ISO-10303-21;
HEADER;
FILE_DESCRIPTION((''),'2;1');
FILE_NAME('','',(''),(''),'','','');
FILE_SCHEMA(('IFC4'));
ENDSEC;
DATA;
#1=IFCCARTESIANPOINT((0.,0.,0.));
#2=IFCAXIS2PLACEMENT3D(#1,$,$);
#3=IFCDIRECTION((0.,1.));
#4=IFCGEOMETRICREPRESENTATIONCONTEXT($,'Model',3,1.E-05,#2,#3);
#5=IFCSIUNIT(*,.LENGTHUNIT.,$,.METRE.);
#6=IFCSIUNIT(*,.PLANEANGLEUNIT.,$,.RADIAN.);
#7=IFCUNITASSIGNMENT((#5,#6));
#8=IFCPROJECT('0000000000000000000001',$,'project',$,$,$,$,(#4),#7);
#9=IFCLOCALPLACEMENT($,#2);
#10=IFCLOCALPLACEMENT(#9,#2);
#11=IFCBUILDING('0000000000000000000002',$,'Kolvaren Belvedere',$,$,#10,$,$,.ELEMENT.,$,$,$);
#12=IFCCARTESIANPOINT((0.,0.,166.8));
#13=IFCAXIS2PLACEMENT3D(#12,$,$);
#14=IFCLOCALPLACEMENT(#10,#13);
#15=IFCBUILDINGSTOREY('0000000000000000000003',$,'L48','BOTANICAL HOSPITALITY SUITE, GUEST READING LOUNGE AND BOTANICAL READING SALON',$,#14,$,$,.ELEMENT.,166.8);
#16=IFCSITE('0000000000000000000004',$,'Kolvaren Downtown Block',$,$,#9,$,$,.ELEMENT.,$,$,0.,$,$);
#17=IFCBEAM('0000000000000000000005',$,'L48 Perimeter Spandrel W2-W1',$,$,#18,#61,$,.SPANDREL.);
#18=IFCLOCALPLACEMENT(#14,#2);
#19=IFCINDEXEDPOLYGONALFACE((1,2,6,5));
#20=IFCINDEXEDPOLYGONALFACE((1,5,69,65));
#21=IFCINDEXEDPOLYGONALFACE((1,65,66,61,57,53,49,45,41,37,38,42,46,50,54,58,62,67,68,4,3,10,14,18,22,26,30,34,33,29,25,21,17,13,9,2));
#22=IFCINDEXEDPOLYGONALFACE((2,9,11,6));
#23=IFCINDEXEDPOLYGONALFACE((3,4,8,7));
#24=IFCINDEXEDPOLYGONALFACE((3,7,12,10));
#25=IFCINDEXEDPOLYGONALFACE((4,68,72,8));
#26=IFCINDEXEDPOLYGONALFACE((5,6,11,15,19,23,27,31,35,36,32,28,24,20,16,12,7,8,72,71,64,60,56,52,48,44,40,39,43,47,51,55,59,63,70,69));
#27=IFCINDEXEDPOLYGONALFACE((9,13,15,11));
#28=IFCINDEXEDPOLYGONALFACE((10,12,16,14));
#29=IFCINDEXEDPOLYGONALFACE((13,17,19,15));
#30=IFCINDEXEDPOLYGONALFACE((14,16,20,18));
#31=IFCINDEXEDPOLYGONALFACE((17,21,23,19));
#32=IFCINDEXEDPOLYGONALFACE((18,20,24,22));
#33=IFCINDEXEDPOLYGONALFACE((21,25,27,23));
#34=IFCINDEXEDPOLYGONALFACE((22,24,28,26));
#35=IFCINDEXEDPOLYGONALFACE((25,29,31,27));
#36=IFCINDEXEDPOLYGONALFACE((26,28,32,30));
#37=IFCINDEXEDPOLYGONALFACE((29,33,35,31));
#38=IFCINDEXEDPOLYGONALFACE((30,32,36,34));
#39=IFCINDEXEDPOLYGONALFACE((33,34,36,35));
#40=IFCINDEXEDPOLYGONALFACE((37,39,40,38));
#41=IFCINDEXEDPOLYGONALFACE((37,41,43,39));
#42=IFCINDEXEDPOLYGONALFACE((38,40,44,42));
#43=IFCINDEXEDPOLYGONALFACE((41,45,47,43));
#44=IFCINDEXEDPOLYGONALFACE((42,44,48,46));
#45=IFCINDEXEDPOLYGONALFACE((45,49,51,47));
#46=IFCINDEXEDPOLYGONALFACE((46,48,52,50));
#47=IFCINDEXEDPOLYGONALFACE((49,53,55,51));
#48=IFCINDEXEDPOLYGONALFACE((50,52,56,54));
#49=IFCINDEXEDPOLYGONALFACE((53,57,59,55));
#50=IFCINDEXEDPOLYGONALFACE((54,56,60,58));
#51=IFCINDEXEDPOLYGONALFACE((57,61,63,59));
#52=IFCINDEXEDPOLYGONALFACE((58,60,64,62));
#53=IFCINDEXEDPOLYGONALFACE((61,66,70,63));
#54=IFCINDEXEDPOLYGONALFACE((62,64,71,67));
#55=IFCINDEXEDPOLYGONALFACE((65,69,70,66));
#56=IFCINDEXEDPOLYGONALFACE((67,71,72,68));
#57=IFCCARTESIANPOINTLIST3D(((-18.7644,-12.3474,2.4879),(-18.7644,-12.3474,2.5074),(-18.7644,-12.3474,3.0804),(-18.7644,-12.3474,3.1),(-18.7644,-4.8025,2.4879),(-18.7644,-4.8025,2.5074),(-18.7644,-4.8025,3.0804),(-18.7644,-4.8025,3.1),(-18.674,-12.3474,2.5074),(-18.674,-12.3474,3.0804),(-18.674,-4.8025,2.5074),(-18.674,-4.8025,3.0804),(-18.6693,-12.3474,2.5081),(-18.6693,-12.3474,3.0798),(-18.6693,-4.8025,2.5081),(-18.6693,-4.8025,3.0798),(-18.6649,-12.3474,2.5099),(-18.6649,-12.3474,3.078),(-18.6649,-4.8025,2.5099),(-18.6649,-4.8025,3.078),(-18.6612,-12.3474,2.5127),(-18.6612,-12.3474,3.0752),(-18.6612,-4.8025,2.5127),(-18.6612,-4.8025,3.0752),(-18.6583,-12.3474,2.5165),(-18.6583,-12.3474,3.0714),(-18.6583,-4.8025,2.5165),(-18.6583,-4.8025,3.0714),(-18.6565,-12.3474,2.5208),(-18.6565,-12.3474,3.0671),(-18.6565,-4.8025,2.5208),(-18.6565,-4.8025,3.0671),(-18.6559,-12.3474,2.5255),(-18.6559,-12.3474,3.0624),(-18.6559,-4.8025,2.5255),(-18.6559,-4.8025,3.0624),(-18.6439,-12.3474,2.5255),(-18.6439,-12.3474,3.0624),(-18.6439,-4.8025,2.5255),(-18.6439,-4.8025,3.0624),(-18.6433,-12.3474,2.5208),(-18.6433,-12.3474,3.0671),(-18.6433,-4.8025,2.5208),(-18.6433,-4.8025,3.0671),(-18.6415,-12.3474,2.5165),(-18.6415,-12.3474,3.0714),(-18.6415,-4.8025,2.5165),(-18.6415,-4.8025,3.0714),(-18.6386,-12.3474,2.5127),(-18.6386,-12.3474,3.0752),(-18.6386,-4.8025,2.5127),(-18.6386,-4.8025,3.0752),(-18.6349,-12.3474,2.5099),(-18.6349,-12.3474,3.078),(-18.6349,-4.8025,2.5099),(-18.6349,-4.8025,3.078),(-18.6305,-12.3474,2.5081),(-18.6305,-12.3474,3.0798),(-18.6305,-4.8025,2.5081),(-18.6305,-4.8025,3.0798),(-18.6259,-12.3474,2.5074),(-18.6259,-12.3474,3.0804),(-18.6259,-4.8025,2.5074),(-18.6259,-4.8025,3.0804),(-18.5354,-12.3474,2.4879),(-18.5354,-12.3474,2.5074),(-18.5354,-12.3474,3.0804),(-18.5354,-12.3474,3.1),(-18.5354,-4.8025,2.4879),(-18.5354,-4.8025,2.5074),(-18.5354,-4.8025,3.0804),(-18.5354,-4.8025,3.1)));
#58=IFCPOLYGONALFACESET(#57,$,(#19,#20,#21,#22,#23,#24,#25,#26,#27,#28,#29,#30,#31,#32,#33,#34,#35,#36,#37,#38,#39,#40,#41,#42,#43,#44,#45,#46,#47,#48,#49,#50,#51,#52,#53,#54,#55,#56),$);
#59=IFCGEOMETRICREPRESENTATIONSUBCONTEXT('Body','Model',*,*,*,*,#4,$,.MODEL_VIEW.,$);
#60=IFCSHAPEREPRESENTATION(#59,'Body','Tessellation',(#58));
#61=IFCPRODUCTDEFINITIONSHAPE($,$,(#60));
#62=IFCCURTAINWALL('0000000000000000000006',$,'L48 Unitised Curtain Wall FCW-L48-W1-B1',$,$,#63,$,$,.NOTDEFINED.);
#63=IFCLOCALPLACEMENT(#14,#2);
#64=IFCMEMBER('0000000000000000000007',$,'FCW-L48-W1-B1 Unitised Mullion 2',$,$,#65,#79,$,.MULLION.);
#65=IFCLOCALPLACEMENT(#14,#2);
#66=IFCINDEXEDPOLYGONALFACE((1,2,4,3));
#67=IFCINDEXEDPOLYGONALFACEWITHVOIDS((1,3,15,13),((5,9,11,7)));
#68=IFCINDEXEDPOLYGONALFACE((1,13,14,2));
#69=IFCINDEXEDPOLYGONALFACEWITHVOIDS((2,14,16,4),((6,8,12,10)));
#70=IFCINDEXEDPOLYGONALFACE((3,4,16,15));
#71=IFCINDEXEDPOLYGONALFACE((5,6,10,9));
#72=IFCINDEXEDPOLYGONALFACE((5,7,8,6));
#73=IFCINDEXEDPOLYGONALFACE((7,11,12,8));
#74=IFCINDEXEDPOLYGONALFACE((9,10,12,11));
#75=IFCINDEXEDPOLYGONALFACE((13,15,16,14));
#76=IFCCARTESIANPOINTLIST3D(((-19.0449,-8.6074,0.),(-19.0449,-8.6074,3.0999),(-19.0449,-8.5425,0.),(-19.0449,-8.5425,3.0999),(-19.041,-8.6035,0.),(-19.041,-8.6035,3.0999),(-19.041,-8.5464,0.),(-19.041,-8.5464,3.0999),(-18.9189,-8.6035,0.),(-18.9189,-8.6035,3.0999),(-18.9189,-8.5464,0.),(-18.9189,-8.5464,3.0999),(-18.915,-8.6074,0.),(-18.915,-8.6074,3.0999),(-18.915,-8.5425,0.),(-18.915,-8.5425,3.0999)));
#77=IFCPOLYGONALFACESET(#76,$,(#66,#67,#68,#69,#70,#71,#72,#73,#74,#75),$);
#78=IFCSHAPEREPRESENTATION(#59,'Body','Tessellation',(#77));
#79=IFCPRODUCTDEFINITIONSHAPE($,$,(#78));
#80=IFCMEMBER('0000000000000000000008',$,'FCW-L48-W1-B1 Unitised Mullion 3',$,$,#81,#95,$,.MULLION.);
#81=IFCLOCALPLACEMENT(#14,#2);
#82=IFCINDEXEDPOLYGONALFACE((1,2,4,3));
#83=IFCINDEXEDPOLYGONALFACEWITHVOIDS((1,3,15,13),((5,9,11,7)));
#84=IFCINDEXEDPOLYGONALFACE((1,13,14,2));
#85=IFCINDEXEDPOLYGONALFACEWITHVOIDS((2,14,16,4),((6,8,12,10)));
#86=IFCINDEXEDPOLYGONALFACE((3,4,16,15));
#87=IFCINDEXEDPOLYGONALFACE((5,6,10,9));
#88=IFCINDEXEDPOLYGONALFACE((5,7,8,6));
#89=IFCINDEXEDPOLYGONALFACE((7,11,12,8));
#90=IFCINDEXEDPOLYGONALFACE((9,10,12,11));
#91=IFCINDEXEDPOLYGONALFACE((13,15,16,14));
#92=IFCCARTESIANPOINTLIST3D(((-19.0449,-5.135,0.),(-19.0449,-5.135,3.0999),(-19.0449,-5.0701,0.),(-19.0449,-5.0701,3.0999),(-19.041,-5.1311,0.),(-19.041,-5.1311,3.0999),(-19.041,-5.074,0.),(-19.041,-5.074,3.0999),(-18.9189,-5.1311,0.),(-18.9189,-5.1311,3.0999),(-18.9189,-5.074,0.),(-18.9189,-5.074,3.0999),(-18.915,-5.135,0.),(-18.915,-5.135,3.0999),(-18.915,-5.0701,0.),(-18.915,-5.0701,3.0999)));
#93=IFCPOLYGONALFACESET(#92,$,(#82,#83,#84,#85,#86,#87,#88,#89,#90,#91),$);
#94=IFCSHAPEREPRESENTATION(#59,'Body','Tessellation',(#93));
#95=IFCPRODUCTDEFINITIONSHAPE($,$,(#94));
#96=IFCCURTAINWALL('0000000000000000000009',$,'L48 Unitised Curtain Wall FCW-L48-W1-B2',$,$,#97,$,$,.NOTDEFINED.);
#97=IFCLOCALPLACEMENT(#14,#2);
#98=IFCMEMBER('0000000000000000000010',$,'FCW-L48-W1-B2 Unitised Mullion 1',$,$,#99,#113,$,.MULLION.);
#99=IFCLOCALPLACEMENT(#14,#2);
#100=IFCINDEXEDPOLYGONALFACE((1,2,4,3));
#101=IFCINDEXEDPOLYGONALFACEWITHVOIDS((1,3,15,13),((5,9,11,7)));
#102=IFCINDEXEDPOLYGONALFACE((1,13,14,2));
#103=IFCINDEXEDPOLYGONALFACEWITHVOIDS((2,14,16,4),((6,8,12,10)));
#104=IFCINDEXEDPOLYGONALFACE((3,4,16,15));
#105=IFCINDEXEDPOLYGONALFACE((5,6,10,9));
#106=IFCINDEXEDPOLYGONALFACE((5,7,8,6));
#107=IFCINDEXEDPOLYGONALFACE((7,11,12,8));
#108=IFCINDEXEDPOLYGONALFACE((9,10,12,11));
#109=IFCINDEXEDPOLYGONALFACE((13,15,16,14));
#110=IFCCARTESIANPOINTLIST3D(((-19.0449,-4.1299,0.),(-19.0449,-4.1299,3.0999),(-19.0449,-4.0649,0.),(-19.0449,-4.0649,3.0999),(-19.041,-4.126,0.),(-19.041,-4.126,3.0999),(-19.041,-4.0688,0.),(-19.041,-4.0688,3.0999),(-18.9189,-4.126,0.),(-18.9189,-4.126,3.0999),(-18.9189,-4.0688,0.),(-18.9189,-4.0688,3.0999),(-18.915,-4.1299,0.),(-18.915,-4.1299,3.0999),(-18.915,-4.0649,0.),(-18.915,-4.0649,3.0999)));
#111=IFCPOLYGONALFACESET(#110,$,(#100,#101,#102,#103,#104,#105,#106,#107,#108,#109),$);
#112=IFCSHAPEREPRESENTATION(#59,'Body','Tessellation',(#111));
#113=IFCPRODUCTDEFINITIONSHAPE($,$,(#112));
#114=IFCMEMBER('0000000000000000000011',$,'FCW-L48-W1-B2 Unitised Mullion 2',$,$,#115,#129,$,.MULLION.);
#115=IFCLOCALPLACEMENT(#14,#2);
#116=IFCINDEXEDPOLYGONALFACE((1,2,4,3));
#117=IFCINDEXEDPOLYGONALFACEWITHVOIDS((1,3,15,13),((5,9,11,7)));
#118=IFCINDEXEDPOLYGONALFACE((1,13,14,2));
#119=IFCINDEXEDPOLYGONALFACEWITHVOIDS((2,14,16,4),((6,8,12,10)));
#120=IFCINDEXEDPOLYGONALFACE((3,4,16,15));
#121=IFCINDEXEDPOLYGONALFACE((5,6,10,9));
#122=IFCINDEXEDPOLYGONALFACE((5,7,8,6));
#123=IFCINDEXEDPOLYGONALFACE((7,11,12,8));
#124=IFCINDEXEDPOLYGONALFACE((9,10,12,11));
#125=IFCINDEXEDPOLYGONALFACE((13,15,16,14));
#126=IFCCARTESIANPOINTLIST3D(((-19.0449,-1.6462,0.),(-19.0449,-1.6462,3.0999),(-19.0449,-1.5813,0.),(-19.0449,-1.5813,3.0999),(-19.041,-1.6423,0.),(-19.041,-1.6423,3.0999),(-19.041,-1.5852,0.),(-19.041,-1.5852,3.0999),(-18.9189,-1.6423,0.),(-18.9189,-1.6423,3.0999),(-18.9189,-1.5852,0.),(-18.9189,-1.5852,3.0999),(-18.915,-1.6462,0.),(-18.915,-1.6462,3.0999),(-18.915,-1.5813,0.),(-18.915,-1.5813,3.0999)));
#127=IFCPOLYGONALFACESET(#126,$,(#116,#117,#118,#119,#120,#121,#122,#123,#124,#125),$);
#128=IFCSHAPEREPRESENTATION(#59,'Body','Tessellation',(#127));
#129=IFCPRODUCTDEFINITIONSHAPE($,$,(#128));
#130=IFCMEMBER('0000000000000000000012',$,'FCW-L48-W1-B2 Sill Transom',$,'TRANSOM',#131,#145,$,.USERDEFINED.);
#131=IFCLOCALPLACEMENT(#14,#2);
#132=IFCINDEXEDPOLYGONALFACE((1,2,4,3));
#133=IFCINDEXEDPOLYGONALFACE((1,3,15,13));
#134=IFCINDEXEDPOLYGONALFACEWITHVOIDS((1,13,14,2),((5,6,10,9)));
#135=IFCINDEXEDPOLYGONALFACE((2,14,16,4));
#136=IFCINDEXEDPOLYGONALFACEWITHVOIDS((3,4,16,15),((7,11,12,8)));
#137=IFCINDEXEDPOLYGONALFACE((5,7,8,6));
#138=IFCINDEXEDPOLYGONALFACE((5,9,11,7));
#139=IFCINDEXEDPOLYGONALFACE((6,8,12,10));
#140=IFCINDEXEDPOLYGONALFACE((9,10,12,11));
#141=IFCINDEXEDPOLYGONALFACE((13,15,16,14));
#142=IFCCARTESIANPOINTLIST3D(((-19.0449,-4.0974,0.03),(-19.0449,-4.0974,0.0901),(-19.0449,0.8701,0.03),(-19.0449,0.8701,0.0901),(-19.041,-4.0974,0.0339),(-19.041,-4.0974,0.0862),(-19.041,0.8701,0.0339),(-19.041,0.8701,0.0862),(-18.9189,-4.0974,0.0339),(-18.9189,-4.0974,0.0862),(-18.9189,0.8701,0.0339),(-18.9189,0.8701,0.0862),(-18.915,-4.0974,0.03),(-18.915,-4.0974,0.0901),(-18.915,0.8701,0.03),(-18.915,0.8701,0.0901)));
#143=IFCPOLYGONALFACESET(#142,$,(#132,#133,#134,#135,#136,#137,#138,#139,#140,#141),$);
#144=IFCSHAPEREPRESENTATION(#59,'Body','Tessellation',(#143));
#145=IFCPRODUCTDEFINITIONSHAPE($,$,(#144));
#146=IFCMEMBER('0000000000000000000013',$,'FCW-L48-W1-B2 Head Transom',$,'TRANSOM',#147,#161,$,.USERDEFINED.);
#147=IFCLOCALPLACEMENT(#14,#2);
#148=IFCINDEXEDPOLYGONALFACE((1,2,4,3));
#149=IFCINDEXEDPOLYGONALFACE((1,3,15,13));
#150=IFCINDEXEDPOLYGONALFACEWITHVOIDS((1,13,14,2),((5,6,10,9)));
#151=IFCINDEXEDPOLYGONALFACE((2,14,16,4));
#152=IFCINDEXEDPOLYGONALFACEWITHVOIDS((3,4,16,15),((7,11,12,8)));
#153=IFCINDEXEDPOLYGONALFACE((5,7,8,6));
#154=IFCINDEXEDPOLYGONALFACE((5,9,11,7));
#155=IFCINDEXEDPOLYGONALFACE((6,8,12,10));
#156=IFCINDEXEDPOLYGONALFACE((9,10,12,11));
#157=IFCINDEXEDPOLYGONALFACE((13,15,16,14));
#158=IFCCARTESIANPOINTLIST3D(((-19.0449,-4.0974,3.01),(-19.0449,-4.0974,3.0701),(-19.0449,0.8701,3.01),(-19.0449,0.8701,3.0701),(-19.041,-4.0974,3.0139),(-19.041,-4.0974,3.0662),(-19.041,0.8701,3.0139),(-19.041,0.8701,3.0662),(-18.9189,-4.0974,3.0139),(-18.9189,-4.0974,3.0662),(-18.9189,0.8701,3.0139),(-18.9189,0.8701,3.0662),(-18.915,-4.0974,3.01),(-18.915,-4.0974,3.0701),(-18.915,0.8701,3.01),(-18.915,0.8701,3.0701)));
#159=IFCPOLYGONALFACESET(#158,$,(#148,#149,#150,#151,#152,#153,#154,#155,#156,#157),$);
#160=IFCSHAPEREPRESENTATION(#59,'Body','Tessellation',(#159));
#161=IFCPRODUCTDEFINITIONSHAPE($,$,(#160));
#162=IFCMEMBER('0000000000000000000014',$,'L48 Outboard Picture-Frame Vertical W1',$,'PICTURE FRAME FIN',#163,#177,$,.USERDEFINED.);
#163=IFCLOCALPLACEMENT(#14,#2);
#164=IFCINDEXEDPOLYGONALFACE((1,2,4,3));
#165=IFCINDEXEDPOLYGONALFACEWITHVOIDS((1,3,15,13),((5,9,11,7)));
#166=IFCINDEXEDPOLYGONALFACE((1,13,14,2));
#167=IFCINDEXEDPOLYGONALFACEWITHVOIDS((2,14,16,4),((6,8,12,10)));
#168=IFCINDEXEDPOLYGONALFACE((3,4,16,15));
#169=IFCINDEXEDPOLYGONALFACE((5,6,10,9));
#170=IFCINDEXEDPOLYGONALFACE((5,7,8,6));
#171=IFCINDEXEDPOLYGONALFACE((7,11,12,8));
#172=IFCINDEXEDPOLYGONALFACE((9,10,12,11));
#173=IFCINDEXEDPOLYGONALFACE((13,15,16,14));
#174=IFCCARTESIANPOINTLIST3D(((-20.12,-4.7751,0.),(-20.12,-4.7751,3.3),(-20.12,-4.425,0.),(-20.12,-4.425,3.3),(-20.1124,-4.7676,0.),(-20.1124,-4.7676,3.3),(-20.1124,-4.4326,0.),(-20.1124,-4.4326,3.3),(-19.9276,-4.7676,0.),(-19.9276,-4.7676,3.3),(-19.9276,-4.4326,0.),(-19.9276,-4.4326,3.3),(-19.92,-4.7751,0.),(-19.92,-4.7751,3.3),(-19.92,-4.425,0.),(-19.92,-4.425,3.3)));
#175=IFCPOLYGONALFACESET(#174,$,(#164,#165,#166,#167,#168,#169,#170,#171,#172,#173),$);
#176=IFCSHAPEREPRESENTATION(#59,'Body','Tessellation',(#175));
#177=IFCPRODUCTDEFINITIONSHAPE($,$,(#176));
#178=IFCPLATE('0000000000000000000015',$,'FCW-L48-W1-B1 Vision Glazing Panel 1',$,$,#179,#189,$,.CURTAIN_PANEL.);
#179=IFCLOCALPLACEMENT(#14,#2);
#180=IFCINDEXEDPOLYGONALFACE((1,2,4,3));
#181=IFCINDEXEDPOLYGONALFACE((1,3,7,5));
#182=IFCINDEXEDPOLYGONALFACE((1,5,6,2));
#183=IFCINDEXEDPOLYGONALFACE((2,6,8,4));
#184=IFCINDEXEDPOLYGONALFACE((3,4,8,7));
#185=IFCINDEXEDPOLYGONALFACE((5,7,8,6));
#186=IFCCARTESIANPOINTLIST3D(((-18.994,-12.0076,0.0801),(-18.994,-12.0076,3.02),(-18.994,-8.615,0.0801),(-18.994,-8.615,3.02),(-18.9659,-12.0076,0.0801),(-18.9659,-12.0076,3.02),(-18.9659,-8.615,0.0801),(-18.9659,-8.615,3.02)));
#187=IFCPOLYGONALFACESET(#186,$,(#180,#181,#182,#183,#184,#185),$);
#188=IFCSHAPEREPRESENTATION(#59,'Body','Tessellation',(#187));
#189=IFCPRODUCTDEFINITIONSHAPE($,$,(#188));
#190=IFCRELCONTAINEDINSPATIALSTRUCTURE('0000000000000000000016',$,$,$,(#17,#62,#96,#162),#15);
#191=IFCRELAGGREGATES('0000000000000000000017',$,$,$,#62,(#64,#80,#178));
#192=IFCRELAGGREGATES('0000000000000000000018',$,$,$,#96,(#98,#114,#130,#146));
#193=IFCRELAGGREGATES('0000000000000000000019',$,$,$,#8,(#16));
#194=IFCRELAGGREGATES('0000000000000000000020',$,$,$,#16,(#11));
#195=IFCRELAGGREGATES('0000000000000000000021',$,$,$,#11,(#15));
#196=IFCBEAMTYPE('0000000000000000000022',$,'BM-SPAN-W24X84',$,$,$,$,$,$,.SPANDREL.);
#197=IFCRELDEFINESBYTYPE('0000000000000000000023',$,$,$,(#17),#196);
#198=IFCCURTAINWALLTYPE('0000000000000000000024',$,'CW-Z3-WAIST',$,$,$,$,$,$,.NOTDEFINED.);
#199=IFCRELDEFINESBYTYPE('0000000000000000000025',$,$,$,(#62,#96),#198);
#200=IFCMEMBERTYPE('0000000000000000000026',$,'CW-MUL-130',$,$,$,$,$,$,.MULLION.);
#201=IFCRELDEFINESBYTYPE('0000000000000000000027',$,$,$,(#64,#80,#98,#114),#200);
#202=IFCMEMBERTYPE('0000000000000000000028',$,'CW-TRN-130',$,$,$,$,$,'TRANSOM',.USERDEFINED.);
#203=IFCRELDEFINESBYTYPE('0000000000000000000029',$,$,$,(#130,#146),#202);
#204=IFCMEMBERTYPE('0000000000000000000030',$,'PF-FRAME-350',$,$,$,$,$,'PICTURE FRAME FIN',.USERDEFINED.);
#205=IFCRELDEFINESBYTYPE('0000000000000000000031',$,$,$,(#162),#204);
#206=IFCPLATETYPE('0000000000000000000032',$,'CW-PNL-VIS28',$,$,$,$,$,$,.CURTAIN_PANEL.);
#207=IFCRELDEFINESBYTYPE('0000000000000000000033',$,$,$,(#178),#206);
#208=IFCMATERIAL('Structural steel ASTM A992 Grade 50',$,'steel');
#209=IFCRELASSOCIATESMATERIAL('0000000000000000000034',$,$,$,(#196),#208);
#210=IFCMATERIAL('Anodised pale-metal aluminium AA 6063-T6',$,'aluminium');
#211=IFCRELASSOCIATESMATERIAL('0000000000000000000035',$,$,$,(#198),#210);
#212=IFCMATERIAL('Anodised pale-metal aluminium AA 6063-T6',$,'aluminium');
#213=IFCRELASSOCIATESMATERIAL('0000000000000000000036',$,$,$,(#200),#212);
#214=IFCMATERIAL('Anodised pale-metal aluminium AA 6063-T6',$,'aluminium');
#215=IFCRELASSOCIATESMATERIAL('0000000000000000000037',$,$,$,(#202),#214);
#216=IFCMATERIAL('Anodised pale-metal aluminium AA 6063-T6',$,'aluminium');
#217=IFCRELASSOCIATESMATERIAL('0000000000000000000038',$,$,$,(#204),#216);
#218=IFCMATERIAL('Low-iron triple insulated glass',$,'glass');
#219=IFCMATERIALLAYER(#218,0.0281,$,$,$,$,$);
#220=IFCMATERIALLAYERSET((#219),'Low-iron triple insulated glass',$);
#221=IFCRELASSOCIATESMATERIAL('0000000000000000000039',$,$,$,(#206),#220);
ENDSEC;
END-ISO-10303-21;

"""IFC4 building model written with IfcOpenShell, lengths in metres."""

from ifc_helpers import new_model, si_unit, direction, frame, origin, origin_2d, place, context, subcontext, project, spatial, rectangle, hollow_rectangle, i_section, extrude, material, layer, layer_set, material_profile, profile_set, type_object, element, aggregate, save


model = new_model("IFC4")

# Units and contexts
model_context = context("Model", 3, precision=1e-05, world=origin(), true_north=direction((0.0, 1.0)))
body_context = subcontext(model_context, "Body", "Model", "MODEL_VIEW")
ifc_project = project(units=[si_unit("LENGTHUNIT", "METRE"), si_unit("PLANEANGLEUNIT", "RADIAN")], contexts=[model_context])

# Site, building, storey
site_placement = place(None, origin())
site = spatial("IfcSite", under=ifc_project, at=site_placement, Name="Kolvaren Downtown Block", CompositionType="ELEMENT", RefElevation=0.0)
building_placement = place(site_placement, origin())
building = spatial("IfcBuilding", under=site, at=building_placement, Name="Kolvaren Belvedere", CompositionType="ELEMENT")
storey_placement = place(building_placement, frame((0.0, 0.0, 166.8)))
storey = spatial("IfcBuildingStorey", under=building, at=storey_placement, Name="L48", Description="BOTANICAL HOSPITALITY SUITE, GUEST READING LOUNGE AND BOTANICAL READING SALON", CompositionType="ELEMENT", Elevation=166.8)

# Beam
ifc_material_1 = material(Name="Structural steel ASTM A992 Grade 50", Category="steel")
ifc_material_profile_1 = material_profile(ifc_material_1, i_section(OverallWidth=0.229, OverallDepth=0.6121, WebThickness=0.012, FlangeThickness=0.0195, FilletRadius=0.0181, at=origin_2d()), Name="W24X84")
ifc_profile_set_1 = profile_set([ifc_material_profile_1], Name="Structural steel ASTM A992 Grade 50")
beam_type_1 = type_object("IfcBeamType", Name="BM-SPAN-W24X84", PredefinedType="SPANDREL", material=ifc_profile_set_1)
beam_1_placement = place(storey_placement, frame((-18.6499, -4.8025, 2.7939), z_axis=(0.0, -1.0, 0.0), x_axis=(1.0, 0.0, 0.0)))
element("IfcBeam", 1, at=beam_1_placement, inside=storey, type_object=beam_type_1, Name="L48 Perimeter Spandrel W2-W1", PredefinedType="SPANDREL", context=body_context, shape_type="SweptSolid", body=[
    extrude(i_section(OverallWidth=0.229, OverallDepth=0.6121, WebThickness=0.012, FlangeThickness=0.0195, FilletRadius=0.0181, at=origin_2d()), origin(), (0.0, 0.0, 1.0), 7.5449),
])

# Curtain walls, members
ifc_material_2 = material(Name="Anodised pale-metal aluminium AA 6063-T6", Category="aluminium")
curtain_wall_type = type_object("IfcCurtainWallType", Name="CW-Z3-WAIST", PredefinedType="NOTDEFINED", material=ifc_material_2)
curtain_wall_1_placement = place(storey_placement, origin())
curtain_wall_1 = element("IfcCurtainWall", 2, at=curtain_wall_1_placement, inside=storey, type_object=curtain_wall_type, Name="L48 Unitised Curtain Wall FCW-L48-W1-B1", PredefinedType="NOTDEFINED")
ifc_material_3 = material(Name="Anodised pale-metal aluminium AA 6063-T6", Category="aluminium")
ifc_material_profile_2 = material_profile(ifc_material_3, hollow_rectangle(XDim=0.0649, YDim=0.1299, WallThickness=0.0039, at=origin_2d()), Name="ALU-MUL-130X65")
ifc_profile_set_2 = profile_set([ifc_material_profile_2], Name="Anodised pale-metal aluminium AA 6063-T6")
member_type_1 = type_object("IfcMemberType", Name="CW-MUL-130", PredefinedType="MULLION", material=ifc_profile_set_2)
member_1_placement = place(storey_placement, frame((-18.98, -8.575, 0.0), z_axis=(0.0, 0.0, 1.0), x_axis=(0.0, 1.0, 0.0)))
member_1 = element("IfcMember", 3, at=member_1_placement, type_object=member_type_1, Name="FCW-L48-W1-B1 Unitised Mullion 2", PredefinedType="MULLION", context=body_context, shape_type="SweptSolid", body=[
    extrude(hollow_rectangle(XDim=0.0649, YDim=0.1299, WallThickness=0.0039, at=origin_2d()), origin(), (0.0, 0.0, 1.0), 3.0999),
])
member_2_placement = place(storey_placement, frame((-18.98, -5.1025, 0.0), z_axis=(0.0, 0.0, 1.0), x_axis=(0.0, 1.0, 0.0)))
member_2 = element("IfcMember", 4, at=member_2_placement, type_object=member_type_1, Name="FCW-L48-W1-B1 Unitised Mullion 3", PredefinedType="MULLION", context=body_context, shape_type="SweptSolid", body=[
    extrude(hollow_rectangle(XDim=0.0649, YDim=0.1299, WallThickness=0.0039, at=origin_2d()), origin(), (0.0, 0.0, 1.0), 3.0999),
])
curtain_wall_2_placement = place(storey_placement, origin())
curtain_wall_2 = element("IfcCurtainWall", 5, at=curtain_wall_2_placement, inside=storey, type_object=curtain_wall_type, Name="L48 Unitised Curtain Wall FCW-L48-W1-B2", PredefinedType="NOTDEFINED")
member_3_placement = place(storey_placement, frame((-18.98, -4.0974, 0.0), z_axis=(0.0, 0.0, 1.0), x_axis=(0.0, 1.0, 0.0)))
member_3 = element("IfcMember", 6, at=member_3_placement, type_object=member_type_1, Name="FCW-L48-W1-B2 Unitised Mullion 1", PredefinedType="MULLION", context=body_context, shape_type="SweptSolid", body=[
    extrude(hollow_rectangle(XDim=0.0649, YDim=0.1299, WallThickness=0.0039, at=origin_2d()), origin(), (0.0, 0.0, 1.0), 3.0999),
])
member_4_placement = place(storey_placement, frame((-18.98, -1.6138, 0.0), z_axis=(0.0, 0.0, 1.0), x_axis=(0.0, 1.0, 0.0)))
member_4 = element("IfcMember", 7, at=member_4_placement, type_object=member_type_1, Name="FCW-L48-W1-B2 Unitised Mullion 2", PredefinedType="MULLION", context=body_context, shape_type="SweptSolid", body=[
    extrude(hollow_rectangle(XDim=0.0649, YDim=0.1299, WallThickness=0.0039, at=origin_2d()), origin(), (0.0, 0.0, 1.0), 3.0999),
])
ifc_material_4 = material(Name="Anodised pale-metal aluminium AA 6063-T6", Category="aluminium")
ifc_material_profile_3 = material_profile(ifc_material_4, hollow_rectangle(XDim=0.0601, YDim=0.1299, WallThickness=0.0039, at=origin_2d()), Name="ALU-TRN-130X60")
ifc_profile_set_3 = profile_set([ifc_material_profile_3], Name="Anodised pale-metal aluminium AA 6063-T6")
member_type_2 = type_object("IfcMemberType", Name="CW-TRN-130", ElementType="TRANSOM", PredefinedType="USERDEFINED", material=ifc_profile_set_3)
member_5_placement = place(storey_placement, frame((-18.98, -4.0974, 0.0601), z_axis=(0.0, 1.0, 0.0), x_axis=(0.0, 0.0, 1.0)))
member_5 = element("IfcMember", 8, at=member_5_placement, type_object=member_type_2, Name="FCW-L48-W1-B2 Sill Transom", ObjectType="TRANSOM", PredefinedType="USERDEFINED", context=body_context, shape_type="SweptSolid", body=[
    extrude(hollow_rectangle(XDim=0.0601, YDim=0.1299, WallThickness=0.0039, at=origin_2d()), origin(), (0.0, 0.0, 1.0), 4.9675),
])
member_6_placement = place(storey_placement, frame((-18.98, -4.0974, 3.04), z_axis=(0.0, 1.0, 0.0), x_axis=(0.0, 0.0, 1.0)))
member_6 = element("IfcMember", 9, at=member_6_placement, type_object=member_type_2, Name="FCW-L48-W1-B2 Head Transom", ObjectType="TRANSOM", PredefinedType="USERDEFINED", context=body_context, shape_type="SweptSolid", body=[
    extrude(hollow_rectangle(XDim=0.0601, YDim=0.1299, WallThickness=0.0039, at=origin_2d()), origin(), (0.0, 0.0, 1.0), 4.9675),
])

# Member
ifc_material_5 = material(Name="Anodised pale-metal aluminium AA 6063-T6", Category="aluminium")
ifc_material_profile_4 = material_profile(ifc_material_5, hollow_rectangle(XDim=0.2, YDim=0.3501, WallThickness=0.0076, at=origin_2d()), Name="ALU-PF-350X200")
ifc_profile_set_4 = profile_set([ifc_material_profile_4], Name="Anodised pale-metal aluminium AA 6063-T6")
member_type_3 = type_object("IfcMemberType", Name="PF-FRAME-350", ElementType="PICTURE FRAME FIN", PredefinedType="USERDEFINED", material=ifc_profile_set_4)
member_7_placement = place(storey_placement, frame((-20.02, -4.6001, 0.0), z_axis=(0.0, 0.0, 1.0), x_axis=(1.0, 0.0, 0.0)))
element("IfcMember", 10, at=member_7_placement, inside=storey, type_object=member_type_3, Name="L48 Outboard Picture-Frame Vertical W1", ObjectType="PICTURE FRAME FIN", PredefinedType="USERDEFINED", context=body_context, shape_type="SweptSolid", body=[
    extrude(hollow_rectangle(XDim=0.2, YDim=0.3501, WallThickness=0.0076, at=origin_2d()), origin(), (0.0, 0.0, 1.0), 3.3),
])

# Plate
ifc_material_6 = material(Name="Low-iron triple insulated glass", Category="glass")
ifc_layer_1 = layer(ifc_material_6, 0.0281)
ifc_layer_set_1 = layer_set([ifc_layer_1], Name="Low-iron triple insulated glass")
plate_type_1 = type_object("IfcPlateType", Name="CW-PNL-VIS28", PredefinedType="CURTAIN_PANEL", material=ifc_layer_set_1)
plate_1_placement = place(storey_placement, frame((-18.98, -10.3113, 0.0801), z_axis=(0.0, 0.0, 1.0), x_axis=(0.0, 1.0, 0.0)))
plate_1 = element("IfcPlate", 11, at=plate_1_placement, type_object=plate_type_1, Name="FCW-L48-W1-B1 Vision Glazing Panel 1", PredefinedType="CURTAIN_PANEL", context=body_context, shape_type="SweptSolid", body=[
    extrude(rectangle(XDim=3.3926, YDim=0.0281, at=origin_2d()), origin(), (0.0, 0.0, 1.0), 2.9399),
])
aggregate(curtain_wall_1, [member_1, member_2, plate_1])
aggregate(curtain_wall_2, [member_3, member_4, member_5, member_6])

save(model, "model.ifc")
